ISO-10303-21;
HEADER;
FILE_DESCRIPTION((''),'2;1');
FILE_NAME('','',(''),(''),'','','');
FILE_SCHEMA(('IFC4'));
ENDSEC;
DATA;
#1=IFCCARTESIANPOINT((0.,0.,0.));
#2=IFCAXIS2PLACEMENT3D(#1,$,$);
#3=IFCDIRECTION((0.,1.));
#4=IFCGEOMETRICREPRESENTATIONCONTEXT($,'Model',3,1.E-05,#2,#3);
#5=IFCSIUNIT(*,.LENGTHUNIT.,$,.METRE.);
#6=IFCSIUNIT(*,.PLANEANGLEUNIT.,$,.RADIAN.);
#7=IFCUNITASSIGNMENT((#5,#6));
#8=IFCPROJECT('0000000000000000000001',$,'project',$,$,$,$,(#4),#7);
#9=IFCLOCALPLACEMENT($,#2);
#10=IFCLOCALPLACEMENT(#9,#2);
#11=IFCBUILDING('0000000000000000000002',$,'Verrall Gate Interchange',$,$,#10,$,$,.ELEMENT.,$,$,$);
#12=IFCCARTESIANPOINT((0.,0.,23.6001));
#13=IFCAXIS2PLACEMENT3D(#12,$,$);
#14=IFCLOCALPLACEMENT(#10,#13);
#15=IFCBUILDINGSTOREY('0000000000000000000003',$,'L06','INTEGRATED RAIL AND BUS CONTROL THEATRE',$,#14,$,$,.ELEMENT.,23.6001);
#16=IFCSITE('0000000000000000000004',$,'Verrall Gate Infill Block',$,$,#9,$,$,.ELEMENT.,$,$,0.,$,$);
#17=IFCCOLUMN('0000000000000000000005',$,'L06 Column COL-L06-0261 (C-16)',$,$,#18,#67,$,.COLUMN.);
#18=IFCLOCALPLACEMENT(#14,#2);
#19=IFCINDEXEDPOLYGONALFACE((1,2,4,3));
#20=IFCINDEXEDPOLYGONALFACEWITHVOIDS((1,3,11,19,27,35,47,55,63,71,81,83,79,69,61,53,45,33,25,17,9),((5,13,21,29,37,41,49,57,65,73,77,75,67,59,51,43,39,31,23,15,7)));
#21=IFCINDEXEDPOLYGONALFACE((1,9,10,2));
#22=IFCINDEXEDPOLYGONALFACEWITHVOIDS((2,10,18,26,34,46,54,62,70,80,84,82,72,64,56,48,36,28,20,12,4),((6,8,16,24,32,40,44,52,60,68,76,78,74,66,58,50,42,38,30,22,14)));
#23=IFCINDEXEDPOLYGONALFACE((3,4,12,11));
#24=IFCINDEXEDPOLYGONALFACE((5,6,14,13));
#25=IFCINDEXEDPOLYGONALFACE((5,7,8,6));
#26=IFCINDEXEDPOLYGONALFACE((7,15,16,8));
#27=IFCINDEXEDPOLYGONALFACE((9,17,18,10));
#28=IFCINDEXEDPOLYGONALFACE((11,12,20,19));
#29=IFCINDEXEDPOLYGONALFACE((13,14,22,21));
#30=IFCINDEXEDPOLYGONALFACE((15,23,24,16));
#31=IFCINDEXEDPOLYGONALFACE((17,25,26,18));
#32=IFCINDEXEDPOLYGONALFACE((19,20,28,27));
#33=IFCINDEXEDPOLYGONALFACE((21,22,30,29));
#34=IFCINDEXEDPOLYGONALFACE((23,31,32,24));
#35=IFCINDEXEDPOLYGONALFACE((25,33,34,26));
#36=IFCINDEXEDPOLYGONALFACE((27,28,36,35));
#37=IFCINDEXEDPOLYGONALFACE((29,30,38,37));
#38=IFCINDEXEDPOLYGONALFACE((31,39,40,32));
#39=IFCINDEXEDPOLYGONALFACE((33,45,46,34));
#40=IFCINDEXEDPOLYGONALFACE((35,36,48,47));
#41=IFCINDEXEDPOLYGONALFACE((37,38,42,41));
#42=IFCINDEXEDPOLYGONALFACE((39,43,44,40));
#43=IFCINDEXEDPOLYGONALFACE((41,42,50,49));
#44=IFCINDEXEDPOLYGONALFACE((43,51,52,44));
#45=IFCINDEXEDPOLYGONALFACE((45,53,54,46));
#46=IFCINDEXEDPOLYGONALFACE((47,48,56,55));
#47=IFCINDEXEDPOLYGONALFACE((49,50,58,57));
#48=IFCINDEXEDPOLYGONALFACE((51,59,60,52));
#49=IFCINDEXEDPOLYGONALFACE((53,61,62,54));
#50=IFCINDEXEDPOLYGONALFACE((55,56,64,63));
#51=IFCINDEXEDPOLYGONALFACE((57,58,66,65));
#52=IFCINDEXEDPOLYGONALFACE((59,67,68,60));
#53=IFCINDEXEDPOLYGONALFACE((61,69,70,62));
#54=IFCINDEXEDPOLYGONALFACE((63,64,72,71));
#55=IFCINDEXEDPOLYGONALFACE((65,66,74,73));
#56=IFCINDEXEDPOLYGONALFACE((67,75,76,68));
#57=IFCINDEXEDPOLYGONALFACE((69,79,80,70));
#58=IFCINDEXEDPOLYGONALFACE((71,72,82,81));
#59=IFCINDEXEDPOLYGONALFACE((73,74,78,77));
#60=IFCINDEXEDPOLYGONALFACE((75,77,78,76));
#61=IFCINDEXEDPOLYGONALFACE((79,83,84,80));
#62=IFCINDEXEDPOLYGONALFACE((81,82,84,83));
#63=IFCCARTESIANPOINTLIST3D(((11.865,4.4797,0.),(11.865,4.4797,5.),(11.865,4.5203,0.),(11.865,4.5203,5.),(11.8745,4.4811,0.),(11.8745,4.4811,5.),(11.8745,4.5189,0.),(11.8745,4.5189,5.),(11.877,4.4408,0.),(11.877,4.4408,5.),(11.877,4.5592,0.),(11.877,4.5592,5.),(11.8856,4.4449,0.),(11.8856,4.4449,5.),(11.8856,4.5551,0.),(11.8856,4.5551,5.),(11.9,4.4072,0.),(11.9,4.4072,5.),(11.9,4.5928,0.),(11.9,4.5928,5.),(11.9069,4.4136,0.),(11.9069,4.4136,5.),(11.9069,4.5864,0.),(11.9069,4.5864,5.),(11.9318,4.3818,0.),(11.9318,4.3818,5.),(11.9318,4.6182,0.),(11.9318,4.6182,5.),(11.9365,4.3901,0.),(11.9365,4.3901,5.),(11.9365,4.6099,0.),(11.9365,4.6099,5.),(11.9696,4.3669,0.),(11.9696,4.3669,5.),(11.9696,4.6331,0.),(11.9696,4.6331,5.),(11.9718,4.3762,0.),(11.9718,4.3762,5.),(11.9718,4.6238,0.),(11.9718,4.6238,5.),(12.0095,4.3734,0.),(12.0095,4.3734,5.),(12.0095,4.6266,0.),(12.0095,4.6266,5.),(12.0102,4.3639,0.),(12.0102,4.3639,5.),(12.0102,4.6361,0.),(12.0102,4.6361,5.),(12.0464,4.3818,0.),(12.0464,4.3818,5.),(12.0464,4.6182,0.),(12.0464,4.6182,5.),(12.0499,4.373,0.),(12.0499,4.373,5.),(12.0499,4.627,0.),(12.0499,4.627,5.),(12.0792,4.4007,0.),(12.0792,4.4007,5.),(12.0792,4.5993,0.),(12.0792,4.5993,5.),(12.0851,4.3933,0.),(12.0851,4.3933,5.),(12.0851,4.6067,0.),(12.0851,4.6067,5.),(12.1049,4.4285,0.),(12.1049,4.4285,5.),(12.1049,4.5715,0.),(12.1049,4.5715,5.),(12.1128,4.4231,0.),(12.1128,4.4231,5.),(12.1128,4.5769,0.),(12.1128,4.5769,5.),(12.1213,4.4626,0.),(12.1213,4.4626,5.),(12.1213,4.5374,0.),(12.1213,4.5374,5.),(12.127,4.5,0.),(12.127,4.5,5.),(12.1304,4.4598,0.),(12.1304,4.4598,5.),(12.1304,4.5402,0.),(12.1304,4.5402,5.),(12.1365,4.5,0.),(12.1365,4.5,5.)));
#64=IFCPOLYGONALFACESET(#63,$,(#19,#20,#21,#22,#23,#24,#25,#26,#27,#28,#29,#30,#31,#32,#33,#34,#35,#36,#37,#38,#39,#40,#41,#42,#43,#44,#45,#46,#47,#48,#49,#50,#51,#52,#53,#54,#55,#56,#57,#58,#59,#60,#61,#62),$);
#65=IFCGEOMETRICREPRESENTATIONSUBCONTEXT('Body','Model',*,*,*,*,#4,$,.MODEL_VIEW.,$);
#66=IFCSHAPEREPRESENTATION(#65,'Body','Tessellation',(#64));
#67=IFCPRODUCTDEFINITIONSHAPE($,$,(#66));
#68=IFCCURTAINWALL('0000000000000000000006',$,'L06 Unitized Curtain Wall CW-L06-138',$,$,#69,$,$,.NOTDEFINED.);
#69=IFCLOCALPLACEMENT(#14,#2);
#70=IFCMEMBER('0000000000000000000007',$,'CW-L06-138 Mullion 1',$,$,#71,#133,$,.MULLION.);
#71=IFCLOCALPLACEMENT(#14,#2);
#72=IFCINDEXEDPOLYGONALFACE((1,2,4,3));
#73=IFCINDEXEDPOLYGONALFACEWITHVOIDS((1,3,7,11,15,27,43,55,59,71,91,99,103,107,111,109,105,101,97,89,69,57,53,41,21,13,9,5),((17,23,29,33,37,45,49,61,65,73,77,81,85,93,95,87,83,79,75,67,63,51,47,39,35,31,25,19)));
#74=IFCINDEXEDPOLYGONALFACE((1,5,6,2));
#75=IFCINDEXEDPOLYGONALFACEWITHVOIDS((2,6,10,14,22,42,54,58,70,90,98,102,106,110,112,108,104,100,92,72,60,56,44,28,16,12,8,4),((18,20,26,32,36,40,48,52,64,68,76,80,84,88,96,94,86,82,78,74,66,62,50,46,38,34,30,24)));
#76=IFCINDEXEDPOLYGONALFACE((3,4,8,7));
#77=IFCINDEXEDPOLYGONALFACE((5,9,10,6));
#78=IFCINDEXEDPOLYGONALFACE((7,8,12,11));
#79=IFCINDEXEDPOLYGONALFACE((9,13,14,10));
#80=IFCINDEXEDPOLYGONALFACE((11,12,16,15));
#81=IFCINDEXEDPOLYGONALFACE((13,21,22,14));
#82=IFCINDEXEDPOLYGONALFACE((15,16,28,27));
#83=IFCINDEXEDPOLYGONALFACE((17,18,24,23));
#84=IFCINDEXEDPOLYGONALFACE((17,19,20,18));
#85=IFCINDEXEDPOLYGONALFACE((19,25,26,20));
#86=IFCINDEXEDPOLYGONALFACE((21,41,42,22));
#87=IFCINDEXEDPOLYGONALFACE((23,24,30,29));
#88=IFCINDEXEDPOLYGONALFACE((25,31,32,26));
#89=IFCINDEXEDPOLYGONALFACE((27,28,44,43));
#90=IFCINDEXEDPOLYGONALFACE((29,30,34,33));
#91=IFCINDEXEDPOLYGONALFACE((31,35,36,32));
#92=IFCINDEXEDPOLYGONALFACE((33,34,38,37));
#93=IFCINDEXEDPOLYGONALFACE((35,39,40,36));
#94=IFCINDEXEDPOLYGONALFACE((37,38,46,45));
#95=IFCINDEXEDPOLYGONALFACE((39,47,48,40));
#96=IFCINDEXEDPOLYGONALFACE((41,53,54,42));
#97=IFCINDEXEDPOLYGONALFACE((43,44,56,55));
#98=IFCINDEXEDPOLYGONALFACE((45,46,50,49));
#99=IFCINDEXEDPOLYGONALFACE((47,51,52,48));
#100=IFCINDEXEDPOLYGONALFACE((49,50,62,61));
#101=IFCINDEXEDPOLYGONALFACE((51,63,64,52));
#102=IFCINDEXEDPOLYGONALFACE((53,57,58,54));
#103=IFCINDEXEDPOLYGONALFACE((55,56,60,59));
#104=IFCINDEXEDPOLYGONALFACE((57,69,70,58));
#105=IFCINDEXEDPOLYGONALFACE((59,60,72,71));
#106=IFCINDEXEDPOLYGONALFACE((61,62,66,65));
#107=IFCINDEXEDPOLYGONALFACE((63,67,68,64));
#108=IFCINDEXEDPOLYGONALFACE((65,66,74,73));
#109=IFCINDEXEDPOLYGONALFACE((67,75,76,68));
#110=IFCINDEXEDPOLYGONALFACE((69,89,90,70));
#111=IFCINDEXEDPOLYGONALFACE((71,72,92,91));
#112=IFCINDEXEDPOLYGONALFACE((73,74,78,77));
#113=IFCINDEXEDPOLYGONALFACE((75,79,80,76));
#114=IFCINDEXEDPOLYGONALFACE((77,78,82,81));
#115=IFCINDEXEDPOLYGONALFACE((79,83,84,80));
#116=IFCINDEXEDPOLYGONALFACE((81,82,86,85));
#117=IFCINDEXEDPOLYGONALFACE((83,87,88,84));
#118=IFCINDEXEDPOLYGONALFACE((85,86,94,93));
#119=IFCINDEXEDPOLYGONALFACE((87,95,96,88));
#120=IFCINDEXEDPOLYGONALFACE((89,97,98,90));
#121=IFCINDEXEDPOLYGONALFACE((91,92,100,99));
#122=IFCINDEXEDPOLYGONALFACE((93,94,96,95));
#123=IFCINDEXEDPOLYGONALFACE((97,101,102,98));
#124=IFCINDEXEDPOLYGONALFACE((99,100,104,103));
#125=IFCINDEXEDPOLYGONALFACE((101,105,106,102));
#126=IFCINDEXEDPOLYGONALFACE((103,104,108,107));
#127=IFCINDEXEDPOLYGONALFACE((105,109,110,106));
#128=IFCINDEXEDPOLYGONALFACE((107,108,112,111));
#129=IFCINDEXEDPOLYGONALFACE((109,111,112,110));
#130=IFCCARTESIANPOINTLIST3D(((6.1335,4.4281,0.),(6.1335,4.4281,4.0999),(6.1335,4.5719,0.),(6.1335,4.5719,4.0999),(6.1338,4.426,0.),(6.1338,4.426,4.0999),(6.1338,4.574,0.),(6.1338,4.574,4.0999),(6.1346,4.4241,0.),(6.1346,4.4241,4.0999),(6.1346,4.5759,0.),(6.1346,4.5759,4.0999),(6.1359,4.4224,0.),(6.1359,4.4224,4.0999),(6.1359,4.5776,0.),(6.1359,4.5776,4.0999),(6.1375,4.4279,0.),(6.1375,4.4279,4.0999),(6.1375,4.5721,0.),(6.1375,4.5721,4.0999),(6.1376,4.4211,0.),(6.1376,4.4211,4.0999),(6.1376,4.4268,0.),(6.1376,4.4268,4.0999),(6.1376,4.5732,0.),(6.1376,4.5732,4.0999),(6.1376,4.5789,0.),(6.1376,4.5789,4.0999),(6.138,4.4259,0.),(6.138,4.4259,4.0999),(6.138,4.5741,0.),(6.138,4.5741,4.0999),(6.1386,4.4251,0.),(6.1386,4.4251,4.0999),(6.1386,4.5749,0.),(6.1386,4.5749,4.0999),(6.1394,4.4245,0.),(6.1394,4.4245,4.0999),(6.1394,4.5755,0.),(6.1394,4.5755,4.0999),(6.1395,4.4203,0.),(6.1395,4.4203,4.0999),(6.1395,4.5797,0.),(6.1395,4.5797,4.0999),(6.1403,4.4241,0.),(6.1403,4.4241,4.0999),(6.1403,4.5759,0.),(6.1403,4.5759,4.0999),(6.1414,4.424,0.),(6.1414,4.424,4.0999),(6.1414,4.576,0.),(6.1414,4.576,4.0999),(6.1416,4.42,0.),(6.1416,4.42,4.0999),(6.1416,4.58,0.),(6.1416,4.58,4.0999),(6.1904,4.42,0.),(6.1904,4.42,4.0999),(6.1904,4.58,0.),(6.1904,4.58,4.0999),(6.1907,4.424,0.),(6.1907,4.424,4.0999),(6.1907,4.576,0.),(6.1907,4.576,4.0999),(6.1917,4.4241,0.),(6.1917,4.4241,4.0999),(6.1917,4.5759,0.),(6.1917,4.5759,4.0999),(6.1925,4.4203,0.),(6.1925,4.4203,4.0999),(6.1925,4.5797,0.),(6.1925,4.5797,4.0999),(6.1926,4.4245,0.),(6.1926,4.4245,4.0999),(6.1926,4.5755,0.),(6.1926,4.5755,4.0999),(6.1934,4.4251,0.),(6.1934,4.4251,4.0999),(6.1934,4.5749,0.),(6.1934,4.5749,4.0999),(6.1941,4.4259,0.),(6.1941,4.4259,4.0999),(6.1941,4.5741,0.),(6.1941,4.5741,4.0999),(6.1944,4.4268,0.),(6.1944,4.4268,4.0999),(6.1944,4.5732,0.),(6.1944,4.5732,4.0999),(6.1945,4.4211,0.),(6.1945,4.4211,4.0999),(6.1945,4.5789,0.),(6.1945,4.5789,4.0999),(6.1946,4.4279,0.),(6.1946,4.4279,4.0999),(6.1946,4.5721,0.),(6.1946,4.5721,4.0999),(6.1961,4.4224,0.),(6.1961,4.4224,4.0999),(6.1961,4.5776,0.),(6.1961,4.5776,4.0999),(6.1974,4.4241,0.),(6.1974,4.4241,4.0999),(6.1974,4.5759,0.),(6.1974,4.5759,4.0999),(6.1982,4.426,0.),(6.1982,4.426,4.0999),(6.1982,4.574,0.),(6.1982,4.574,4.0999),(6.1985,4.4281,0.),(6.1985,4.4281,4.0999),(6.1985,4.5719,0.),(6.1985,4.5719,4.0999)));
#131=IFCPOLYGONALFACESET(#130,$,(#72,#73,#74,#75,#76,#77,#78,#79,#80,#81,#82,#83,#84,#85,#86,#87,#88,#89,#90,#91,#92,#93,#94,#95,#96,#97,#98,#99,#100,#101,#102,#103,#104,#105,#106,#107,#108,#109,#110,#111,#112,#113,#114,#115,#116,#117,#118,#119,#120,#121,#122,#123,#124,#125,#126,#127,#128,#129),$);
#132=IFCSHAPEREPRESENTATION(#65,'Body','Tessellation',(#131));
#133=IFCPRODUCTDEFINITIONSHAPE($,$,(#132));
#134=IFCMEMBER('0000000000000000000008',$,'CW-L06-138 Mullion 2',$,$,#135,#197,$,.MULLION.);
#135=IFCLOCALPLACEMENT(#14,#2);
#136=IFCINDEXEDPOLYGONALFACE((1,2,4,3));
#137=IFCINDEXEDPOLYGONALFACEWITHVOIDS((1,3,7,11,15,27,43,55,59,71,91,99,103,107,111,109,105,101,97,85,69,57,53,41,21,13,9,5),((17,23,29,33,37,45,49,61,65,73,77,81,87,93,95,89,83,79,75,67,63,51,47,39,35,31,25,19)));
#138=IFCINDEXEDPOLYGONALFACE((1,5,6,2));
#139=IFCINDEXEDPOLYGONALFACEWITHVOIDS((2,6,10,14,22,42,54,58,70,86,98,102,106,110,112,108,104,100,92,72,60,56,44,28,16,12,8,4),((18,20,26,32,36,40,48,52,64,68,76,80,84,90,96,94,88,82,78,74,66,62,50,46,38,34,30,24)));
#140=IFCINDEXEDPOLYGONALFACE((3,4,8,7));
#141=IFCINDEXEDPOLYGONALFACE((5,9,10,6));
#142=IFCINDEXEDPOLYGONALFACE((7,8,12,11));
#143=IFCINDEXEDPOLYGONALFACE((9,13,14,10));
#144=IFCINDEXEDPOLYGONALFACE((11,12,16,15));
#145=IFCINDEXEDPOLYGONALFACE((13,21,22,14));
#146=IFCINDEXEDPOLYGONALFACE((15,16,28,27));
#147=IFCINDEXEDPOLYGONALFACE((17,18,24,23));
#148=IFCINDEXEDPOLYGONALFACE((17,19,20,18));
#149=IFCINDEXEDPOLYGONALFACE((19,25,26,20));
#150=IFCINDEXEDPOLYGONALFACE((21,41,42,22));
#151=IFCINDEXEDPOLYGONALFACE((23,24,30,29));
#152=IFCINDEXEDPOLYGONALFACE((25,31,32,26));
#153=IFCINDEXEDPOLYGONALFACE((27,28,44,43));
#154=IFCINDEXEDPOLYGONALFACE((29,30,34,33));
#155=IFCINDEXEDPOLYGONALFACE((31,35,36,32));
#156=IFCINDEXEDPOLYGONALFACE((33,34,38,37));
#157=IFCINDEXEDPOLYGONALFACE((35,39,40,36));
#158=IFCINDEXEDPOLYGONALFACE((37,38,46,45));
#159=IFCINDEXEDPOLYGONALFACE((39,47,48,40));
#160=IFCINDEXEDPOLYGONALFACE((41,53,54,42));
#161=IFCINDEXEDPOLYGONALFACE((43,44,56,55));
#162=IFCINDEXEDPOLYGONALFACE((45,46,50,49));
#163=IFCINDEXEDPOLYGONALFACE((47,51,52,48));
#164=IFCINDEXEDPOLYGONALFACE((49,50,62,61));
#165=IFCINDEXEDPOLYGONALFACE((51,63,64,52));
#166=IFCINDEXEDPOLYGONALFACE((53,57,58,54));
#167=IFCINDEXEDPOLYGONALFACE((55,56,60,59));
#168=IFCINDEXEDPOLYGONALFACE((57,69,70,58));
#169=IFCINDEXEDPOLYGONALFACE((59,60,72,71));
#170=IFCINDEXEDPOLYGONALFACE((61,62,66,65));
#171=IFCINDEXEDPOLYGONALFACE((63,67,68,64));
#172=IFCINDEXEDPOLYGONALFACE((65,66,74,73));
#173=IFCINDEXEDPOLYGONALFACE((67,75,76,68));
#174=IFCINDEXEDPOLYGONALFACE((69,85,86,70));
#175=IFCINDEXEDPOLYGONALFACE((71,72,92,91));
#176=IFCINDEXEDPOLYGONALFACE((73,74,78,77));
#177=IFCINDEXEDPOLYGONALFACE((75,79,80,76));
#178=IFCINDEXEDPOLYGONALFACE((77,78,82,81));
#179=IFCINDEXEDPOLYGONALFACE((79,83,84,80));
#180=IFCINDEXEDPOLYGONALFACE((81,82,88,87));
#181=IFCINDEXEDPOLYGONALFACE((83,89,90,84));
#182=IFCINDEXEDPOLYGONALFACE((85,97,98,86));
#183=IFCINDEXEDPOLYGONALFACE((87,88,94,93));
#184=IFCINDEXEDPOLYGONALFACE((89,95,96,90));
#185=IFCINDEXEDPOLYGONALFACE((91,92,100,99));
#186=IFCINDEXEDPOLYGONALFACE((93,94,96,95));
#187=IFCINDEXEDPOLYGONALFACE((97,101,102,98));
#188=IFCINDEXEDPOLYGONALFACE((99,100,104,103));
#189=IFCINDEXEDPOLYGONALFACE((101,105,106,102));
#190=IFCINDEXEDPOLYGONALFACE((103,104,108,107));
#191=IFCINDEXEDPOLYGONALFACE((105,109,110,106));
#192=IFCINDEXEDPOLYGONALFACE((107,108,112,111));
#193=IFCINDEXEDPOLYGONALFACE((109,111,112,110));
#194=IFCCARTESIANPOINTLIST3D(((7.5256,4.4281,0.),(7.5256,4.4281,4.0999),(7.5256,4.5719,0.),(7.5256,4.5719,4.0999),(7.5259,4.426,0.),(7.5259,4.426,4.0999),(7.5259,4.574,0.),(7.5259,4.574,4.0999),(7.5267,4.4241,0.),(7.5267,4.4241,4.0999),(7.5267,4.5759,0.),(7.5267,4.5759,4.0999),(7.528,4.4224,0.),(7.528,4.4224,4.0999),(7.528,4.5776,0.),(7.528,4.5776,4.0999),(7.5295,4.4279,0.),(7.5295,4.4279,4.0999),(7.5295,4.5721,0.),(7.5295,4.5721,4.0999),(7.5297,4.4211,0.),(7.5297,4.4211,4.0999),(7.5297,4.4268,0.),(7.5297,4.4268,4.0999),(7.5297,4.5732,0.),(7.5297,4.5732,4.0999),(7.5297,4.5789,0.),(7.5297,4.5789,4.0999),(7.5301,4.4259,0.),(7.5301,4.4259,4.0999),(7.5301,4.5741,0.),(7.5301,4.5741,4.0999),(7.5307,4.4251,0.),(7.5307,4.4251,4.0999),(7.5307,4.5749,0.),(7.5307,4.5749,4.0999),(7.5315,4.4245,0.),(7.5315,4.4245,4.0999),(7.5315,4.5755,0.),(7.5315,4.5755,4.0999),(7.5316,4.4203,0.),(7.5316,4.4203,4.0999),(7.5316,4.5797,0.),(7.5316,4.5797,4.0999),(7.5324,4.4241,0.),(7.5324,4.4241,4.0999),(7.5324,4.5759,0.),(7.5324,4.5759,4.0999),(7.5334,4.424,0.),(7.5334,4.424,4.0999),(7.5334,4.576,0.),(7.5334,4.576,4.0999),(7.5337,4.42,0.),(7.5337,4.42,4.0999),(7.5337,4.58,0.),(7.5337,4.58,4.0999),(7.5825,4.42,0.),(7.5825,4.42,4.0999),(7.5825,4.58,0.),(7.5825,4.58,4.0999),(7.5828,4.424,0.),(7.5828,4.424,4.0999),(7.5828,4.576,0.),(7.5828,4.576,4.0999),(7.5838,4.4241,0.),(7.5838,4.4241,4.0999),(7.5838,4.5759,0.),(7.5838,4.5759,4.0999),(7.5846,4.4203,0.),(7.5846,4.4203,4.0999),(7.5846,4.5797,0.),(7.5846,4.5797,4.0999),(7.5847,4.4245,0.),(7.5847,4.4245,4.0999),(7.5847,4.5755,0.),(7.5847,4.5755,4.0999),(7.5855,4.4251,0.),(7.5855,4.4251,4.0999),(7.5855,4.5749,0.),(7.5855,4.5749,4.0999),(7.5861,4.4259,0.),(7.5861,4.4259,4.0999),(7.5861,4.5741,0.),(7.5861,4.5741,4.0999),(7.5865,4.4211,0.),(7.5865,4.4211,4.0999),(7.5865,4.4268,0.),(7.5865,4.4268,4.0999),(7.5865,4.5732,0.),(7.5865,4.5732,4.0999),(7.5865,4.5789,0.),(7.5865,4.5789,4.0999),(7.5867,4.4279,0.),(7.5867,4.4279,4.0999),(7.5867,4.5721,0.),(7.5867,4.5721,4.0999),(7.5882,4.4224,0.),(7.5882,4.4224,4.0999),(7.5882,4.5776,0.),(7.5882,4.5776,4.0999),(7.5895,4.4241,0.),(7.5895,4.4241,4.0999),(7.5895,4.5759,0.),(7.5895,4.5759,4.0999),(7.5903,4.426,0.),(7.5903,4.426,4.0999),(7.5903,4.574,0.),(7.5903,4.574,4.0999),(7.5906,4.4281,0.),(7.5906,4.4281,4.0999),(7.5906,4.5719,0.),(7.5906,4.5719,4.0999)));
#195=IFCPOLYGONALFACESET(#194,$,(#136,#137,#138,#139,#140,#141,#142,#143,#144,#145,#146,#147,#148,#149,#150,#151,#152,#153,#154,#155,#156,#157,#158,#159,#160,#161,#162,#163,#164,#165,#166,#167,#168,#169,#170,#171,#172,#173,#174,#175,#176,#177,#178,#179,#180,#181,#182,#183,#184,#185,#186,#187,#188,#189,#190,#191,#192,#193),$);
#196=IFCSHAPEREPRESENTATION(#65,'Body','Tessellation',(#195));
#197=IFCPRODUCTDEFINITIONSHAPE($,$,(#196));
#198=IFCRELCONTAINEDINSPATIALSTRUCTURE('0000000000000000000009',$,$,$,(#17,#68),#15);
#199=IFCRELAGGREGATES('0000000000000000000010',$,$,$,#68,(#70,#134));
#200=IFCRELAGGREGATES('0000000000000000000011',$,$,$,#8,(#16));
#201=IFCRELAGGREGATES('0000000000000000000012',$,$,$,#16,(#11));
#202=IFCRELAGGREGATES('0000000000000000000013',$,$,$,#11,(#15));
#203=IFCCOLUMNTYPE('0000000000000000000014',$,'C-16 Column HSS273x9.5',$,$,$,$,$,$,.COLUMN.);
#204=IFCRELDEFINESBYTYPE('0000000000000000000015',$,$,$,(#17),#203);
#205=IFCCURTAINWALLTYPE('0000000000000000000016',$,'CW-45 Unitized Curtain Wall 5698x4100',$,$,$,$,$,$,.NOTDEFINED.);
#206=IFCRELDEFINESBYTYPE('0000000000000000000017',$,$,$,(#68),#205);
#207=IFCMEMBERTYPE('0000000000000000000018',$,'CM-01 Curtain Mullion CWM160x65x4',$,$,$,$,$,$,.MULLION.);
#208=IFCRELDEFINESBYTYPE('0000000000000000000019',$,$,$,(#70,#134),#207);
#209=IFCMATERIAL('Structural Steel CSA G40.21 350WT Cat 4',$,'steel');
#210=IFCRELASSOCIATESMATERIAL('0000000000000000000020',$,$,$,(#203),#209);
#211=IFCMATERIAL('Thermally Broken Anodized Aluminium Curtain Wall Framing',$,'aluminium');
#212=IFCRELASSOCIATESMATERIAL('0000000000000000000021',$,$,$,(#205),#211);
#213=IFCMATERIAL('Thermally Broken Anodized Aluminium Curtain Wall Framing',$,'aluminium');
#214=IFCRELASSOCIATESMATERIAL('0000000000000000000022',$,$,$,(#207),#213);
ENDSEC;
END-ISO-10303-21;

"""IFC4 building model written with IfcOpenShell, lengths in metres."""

from ifc_helpers import new_model, si_unit, direction, frame, origin, origin_2d, place, context, subcontext, project, spatial, hollow_rectangle, hollow_circle, extrude, material, material_profile, profile_set, type_object, element, aggregate, save


model = new_model("IFC4")

# Units and contexts
model_context = context("Model", 3, precision=1e-05, world=origin(), true_north=direction((0.0, 1.0)))
body_context = subcontext(model_context, "Body", "Model", "MODEL_VIEW")
ifc_project = project(units=[si_unit("LENGTHUNIT", "METRE"), si_unit("PLANEANGLEUNIT", "RADIAN")], contexts=[model_context])

# Site, building, storey
site_placement = place(None, origin())
site = spatial("IfcSite", under=ifc_project, at=site_placement, Name="Verrall Gate Infill Block", CompositionType="ELEMENT", RefElevation=0.0)
building_placement = place(site_placement, origin())
building = spatial("IfcBuilding", under=site, at=building_placement, Name="Verrall Gate Interchange", CompositionType="ELEMENT")
storey_placement = place(building_placement, frame((0.0, 0.0, 23.6001)))
storey = spatial("IfcBuildingStorey", under=building, at=storey_placement, Name="L06", Description="INTEGRATED RAIL AND BUS CONTROL THEATRE", CompositionType="ELEMENT", Elevation=23.6001)

# Column
ifc_material_1 = material(Name="Structural Steel CSA G40.21 350WT Cat 4", Category="steel")
ifc_material_profile_1 = material_profile(ifc_material_1, hollow_circle(Radius=0.1365, WallThickness=0.0095, at=origin_2d()), Name="HSS273x9.5")
ifc_profile_set_1 = profile_set([ifc_material_profile_1], Name="Structural Steel CSA G40.21 350WT Cat 4")
column_type = type_object("IfcColumnType", Name="C-16 Column HSS273x9.5", PredefinedType="COLUMN", material=ifc_profile_set_1)
column_placement = place(storey_placement, frame((12.0, 4.5, 0.0), z_axis=(0.0, 0.0, 1.0), x_axis=(1.0, 0.0, 0.0)))
element("IfcColumn", 1, at=column_placement, inside=storey, type_object=column_type, Name="L06 Column COL-L06-0261 (C-16)", PredefinedType="COLUMN", context=body_context, shape_type="SweptSolid", body=[
    extrude(hollow_circle(Radius=0.1365, WallThickness=0.0095, at=origin_2d()), origin(), (0.0, 0.0, 1.0), 5.0),
])

# Curtain wall, members
ifc_material_2 = material(Name="Thermally Broken Anodized Aluminium Curtain Wall Framing", Category="aluminium")
curtain_wall_type = type_object("IfcCurtainWallType", Name="CW-45 Unitized Curtain Wall 5698x4100", PredefinedType="NOTDEFINED", material=ifc_material_2)
curtain_wall_placement = place(storey_placement, origin())
curtain_wall = element("IfcCurtainWall", 2, at=curtain_wall_placement, inside=storey, type_object=curtain_wall_type, Name="L06 Unitized Curtain Wall CW-L06-138", PredefinedType="NOTDEFINED")
ifc_material_3 = material(Name="Thermally Broken Anodized Aluminium Curtain Wall Framing", Category="aluminium")
ifc_material_profile_2 = material_profile(ifc_material_3, hollow_rectangle(XDim=0.0649, YDim=0.1599, WallThickness=0.0039, InnerFilletRadius=0.0039, OuterFilletRadius=0.0081, at=origin_2d()), Name="CWM160x65x4")
ifc_profile_set_2 = profile_set([ifc_material_profile_2], Name="Thermally Broken Anodized Aluminium Curtain Wall Framing")
member_type_1 = type_object("IfcMemberType", Name="CM-01 Curtain Mullion CWM160x65x4", PredefinedType="MULLION", material=ifc_profile_set_2)
member_1_placement = place(storey_placement, frame((6.166, 4.5, 0.0), z_axis=(0.0, 0.0, 1.0), x_axis=(1.0, 0.0, 0.0)))
member_1 = element("IfcMember", 3, at=member_1_placement, type_object=member_type_1, Name="CW-L06-138 Mullion 1", PredefinedType="MULLION", context=body_context, shape_type="SweptSolid", body=[
    extrude(hollow_rectangle(XDim=0.0649, YDim=0.1599, WallThickness=0.0039, InnerFilletRadius=0.0039, OuterFilletRadius=0.0081, at=origin_2d()), origin(), (0.0, 0.0, 1.0), 4.0999),
])
member_2_placement = place(storey_placement, frame((7.5581, 4.5, 0.0), z_axis=(0.0, 0.0, 1.0), x_axis=(1.0, 0.0, 0.0)))
member_2 = element("IfcMember", 4, at=member_2_placement, type_object=member_type_1, Name="CW-L06-138 Mullion 2", PredefinedType="MULLION", context=body_context, shape_type="SweptSolid", body=[
    extrude(hollow_rectangle(XDim=0.0649, YDim=0.1599, WallThickness=0.0039, InnerFilletRadius=0.0039, OuterFilletRadius=0.0081, at=origin_2d()), origin(), (0.0, 0.0, 1.0), 4.0999),
])

aggregate(curtain_wall, [member_1, member_2])

save(model, "model.ifc")
